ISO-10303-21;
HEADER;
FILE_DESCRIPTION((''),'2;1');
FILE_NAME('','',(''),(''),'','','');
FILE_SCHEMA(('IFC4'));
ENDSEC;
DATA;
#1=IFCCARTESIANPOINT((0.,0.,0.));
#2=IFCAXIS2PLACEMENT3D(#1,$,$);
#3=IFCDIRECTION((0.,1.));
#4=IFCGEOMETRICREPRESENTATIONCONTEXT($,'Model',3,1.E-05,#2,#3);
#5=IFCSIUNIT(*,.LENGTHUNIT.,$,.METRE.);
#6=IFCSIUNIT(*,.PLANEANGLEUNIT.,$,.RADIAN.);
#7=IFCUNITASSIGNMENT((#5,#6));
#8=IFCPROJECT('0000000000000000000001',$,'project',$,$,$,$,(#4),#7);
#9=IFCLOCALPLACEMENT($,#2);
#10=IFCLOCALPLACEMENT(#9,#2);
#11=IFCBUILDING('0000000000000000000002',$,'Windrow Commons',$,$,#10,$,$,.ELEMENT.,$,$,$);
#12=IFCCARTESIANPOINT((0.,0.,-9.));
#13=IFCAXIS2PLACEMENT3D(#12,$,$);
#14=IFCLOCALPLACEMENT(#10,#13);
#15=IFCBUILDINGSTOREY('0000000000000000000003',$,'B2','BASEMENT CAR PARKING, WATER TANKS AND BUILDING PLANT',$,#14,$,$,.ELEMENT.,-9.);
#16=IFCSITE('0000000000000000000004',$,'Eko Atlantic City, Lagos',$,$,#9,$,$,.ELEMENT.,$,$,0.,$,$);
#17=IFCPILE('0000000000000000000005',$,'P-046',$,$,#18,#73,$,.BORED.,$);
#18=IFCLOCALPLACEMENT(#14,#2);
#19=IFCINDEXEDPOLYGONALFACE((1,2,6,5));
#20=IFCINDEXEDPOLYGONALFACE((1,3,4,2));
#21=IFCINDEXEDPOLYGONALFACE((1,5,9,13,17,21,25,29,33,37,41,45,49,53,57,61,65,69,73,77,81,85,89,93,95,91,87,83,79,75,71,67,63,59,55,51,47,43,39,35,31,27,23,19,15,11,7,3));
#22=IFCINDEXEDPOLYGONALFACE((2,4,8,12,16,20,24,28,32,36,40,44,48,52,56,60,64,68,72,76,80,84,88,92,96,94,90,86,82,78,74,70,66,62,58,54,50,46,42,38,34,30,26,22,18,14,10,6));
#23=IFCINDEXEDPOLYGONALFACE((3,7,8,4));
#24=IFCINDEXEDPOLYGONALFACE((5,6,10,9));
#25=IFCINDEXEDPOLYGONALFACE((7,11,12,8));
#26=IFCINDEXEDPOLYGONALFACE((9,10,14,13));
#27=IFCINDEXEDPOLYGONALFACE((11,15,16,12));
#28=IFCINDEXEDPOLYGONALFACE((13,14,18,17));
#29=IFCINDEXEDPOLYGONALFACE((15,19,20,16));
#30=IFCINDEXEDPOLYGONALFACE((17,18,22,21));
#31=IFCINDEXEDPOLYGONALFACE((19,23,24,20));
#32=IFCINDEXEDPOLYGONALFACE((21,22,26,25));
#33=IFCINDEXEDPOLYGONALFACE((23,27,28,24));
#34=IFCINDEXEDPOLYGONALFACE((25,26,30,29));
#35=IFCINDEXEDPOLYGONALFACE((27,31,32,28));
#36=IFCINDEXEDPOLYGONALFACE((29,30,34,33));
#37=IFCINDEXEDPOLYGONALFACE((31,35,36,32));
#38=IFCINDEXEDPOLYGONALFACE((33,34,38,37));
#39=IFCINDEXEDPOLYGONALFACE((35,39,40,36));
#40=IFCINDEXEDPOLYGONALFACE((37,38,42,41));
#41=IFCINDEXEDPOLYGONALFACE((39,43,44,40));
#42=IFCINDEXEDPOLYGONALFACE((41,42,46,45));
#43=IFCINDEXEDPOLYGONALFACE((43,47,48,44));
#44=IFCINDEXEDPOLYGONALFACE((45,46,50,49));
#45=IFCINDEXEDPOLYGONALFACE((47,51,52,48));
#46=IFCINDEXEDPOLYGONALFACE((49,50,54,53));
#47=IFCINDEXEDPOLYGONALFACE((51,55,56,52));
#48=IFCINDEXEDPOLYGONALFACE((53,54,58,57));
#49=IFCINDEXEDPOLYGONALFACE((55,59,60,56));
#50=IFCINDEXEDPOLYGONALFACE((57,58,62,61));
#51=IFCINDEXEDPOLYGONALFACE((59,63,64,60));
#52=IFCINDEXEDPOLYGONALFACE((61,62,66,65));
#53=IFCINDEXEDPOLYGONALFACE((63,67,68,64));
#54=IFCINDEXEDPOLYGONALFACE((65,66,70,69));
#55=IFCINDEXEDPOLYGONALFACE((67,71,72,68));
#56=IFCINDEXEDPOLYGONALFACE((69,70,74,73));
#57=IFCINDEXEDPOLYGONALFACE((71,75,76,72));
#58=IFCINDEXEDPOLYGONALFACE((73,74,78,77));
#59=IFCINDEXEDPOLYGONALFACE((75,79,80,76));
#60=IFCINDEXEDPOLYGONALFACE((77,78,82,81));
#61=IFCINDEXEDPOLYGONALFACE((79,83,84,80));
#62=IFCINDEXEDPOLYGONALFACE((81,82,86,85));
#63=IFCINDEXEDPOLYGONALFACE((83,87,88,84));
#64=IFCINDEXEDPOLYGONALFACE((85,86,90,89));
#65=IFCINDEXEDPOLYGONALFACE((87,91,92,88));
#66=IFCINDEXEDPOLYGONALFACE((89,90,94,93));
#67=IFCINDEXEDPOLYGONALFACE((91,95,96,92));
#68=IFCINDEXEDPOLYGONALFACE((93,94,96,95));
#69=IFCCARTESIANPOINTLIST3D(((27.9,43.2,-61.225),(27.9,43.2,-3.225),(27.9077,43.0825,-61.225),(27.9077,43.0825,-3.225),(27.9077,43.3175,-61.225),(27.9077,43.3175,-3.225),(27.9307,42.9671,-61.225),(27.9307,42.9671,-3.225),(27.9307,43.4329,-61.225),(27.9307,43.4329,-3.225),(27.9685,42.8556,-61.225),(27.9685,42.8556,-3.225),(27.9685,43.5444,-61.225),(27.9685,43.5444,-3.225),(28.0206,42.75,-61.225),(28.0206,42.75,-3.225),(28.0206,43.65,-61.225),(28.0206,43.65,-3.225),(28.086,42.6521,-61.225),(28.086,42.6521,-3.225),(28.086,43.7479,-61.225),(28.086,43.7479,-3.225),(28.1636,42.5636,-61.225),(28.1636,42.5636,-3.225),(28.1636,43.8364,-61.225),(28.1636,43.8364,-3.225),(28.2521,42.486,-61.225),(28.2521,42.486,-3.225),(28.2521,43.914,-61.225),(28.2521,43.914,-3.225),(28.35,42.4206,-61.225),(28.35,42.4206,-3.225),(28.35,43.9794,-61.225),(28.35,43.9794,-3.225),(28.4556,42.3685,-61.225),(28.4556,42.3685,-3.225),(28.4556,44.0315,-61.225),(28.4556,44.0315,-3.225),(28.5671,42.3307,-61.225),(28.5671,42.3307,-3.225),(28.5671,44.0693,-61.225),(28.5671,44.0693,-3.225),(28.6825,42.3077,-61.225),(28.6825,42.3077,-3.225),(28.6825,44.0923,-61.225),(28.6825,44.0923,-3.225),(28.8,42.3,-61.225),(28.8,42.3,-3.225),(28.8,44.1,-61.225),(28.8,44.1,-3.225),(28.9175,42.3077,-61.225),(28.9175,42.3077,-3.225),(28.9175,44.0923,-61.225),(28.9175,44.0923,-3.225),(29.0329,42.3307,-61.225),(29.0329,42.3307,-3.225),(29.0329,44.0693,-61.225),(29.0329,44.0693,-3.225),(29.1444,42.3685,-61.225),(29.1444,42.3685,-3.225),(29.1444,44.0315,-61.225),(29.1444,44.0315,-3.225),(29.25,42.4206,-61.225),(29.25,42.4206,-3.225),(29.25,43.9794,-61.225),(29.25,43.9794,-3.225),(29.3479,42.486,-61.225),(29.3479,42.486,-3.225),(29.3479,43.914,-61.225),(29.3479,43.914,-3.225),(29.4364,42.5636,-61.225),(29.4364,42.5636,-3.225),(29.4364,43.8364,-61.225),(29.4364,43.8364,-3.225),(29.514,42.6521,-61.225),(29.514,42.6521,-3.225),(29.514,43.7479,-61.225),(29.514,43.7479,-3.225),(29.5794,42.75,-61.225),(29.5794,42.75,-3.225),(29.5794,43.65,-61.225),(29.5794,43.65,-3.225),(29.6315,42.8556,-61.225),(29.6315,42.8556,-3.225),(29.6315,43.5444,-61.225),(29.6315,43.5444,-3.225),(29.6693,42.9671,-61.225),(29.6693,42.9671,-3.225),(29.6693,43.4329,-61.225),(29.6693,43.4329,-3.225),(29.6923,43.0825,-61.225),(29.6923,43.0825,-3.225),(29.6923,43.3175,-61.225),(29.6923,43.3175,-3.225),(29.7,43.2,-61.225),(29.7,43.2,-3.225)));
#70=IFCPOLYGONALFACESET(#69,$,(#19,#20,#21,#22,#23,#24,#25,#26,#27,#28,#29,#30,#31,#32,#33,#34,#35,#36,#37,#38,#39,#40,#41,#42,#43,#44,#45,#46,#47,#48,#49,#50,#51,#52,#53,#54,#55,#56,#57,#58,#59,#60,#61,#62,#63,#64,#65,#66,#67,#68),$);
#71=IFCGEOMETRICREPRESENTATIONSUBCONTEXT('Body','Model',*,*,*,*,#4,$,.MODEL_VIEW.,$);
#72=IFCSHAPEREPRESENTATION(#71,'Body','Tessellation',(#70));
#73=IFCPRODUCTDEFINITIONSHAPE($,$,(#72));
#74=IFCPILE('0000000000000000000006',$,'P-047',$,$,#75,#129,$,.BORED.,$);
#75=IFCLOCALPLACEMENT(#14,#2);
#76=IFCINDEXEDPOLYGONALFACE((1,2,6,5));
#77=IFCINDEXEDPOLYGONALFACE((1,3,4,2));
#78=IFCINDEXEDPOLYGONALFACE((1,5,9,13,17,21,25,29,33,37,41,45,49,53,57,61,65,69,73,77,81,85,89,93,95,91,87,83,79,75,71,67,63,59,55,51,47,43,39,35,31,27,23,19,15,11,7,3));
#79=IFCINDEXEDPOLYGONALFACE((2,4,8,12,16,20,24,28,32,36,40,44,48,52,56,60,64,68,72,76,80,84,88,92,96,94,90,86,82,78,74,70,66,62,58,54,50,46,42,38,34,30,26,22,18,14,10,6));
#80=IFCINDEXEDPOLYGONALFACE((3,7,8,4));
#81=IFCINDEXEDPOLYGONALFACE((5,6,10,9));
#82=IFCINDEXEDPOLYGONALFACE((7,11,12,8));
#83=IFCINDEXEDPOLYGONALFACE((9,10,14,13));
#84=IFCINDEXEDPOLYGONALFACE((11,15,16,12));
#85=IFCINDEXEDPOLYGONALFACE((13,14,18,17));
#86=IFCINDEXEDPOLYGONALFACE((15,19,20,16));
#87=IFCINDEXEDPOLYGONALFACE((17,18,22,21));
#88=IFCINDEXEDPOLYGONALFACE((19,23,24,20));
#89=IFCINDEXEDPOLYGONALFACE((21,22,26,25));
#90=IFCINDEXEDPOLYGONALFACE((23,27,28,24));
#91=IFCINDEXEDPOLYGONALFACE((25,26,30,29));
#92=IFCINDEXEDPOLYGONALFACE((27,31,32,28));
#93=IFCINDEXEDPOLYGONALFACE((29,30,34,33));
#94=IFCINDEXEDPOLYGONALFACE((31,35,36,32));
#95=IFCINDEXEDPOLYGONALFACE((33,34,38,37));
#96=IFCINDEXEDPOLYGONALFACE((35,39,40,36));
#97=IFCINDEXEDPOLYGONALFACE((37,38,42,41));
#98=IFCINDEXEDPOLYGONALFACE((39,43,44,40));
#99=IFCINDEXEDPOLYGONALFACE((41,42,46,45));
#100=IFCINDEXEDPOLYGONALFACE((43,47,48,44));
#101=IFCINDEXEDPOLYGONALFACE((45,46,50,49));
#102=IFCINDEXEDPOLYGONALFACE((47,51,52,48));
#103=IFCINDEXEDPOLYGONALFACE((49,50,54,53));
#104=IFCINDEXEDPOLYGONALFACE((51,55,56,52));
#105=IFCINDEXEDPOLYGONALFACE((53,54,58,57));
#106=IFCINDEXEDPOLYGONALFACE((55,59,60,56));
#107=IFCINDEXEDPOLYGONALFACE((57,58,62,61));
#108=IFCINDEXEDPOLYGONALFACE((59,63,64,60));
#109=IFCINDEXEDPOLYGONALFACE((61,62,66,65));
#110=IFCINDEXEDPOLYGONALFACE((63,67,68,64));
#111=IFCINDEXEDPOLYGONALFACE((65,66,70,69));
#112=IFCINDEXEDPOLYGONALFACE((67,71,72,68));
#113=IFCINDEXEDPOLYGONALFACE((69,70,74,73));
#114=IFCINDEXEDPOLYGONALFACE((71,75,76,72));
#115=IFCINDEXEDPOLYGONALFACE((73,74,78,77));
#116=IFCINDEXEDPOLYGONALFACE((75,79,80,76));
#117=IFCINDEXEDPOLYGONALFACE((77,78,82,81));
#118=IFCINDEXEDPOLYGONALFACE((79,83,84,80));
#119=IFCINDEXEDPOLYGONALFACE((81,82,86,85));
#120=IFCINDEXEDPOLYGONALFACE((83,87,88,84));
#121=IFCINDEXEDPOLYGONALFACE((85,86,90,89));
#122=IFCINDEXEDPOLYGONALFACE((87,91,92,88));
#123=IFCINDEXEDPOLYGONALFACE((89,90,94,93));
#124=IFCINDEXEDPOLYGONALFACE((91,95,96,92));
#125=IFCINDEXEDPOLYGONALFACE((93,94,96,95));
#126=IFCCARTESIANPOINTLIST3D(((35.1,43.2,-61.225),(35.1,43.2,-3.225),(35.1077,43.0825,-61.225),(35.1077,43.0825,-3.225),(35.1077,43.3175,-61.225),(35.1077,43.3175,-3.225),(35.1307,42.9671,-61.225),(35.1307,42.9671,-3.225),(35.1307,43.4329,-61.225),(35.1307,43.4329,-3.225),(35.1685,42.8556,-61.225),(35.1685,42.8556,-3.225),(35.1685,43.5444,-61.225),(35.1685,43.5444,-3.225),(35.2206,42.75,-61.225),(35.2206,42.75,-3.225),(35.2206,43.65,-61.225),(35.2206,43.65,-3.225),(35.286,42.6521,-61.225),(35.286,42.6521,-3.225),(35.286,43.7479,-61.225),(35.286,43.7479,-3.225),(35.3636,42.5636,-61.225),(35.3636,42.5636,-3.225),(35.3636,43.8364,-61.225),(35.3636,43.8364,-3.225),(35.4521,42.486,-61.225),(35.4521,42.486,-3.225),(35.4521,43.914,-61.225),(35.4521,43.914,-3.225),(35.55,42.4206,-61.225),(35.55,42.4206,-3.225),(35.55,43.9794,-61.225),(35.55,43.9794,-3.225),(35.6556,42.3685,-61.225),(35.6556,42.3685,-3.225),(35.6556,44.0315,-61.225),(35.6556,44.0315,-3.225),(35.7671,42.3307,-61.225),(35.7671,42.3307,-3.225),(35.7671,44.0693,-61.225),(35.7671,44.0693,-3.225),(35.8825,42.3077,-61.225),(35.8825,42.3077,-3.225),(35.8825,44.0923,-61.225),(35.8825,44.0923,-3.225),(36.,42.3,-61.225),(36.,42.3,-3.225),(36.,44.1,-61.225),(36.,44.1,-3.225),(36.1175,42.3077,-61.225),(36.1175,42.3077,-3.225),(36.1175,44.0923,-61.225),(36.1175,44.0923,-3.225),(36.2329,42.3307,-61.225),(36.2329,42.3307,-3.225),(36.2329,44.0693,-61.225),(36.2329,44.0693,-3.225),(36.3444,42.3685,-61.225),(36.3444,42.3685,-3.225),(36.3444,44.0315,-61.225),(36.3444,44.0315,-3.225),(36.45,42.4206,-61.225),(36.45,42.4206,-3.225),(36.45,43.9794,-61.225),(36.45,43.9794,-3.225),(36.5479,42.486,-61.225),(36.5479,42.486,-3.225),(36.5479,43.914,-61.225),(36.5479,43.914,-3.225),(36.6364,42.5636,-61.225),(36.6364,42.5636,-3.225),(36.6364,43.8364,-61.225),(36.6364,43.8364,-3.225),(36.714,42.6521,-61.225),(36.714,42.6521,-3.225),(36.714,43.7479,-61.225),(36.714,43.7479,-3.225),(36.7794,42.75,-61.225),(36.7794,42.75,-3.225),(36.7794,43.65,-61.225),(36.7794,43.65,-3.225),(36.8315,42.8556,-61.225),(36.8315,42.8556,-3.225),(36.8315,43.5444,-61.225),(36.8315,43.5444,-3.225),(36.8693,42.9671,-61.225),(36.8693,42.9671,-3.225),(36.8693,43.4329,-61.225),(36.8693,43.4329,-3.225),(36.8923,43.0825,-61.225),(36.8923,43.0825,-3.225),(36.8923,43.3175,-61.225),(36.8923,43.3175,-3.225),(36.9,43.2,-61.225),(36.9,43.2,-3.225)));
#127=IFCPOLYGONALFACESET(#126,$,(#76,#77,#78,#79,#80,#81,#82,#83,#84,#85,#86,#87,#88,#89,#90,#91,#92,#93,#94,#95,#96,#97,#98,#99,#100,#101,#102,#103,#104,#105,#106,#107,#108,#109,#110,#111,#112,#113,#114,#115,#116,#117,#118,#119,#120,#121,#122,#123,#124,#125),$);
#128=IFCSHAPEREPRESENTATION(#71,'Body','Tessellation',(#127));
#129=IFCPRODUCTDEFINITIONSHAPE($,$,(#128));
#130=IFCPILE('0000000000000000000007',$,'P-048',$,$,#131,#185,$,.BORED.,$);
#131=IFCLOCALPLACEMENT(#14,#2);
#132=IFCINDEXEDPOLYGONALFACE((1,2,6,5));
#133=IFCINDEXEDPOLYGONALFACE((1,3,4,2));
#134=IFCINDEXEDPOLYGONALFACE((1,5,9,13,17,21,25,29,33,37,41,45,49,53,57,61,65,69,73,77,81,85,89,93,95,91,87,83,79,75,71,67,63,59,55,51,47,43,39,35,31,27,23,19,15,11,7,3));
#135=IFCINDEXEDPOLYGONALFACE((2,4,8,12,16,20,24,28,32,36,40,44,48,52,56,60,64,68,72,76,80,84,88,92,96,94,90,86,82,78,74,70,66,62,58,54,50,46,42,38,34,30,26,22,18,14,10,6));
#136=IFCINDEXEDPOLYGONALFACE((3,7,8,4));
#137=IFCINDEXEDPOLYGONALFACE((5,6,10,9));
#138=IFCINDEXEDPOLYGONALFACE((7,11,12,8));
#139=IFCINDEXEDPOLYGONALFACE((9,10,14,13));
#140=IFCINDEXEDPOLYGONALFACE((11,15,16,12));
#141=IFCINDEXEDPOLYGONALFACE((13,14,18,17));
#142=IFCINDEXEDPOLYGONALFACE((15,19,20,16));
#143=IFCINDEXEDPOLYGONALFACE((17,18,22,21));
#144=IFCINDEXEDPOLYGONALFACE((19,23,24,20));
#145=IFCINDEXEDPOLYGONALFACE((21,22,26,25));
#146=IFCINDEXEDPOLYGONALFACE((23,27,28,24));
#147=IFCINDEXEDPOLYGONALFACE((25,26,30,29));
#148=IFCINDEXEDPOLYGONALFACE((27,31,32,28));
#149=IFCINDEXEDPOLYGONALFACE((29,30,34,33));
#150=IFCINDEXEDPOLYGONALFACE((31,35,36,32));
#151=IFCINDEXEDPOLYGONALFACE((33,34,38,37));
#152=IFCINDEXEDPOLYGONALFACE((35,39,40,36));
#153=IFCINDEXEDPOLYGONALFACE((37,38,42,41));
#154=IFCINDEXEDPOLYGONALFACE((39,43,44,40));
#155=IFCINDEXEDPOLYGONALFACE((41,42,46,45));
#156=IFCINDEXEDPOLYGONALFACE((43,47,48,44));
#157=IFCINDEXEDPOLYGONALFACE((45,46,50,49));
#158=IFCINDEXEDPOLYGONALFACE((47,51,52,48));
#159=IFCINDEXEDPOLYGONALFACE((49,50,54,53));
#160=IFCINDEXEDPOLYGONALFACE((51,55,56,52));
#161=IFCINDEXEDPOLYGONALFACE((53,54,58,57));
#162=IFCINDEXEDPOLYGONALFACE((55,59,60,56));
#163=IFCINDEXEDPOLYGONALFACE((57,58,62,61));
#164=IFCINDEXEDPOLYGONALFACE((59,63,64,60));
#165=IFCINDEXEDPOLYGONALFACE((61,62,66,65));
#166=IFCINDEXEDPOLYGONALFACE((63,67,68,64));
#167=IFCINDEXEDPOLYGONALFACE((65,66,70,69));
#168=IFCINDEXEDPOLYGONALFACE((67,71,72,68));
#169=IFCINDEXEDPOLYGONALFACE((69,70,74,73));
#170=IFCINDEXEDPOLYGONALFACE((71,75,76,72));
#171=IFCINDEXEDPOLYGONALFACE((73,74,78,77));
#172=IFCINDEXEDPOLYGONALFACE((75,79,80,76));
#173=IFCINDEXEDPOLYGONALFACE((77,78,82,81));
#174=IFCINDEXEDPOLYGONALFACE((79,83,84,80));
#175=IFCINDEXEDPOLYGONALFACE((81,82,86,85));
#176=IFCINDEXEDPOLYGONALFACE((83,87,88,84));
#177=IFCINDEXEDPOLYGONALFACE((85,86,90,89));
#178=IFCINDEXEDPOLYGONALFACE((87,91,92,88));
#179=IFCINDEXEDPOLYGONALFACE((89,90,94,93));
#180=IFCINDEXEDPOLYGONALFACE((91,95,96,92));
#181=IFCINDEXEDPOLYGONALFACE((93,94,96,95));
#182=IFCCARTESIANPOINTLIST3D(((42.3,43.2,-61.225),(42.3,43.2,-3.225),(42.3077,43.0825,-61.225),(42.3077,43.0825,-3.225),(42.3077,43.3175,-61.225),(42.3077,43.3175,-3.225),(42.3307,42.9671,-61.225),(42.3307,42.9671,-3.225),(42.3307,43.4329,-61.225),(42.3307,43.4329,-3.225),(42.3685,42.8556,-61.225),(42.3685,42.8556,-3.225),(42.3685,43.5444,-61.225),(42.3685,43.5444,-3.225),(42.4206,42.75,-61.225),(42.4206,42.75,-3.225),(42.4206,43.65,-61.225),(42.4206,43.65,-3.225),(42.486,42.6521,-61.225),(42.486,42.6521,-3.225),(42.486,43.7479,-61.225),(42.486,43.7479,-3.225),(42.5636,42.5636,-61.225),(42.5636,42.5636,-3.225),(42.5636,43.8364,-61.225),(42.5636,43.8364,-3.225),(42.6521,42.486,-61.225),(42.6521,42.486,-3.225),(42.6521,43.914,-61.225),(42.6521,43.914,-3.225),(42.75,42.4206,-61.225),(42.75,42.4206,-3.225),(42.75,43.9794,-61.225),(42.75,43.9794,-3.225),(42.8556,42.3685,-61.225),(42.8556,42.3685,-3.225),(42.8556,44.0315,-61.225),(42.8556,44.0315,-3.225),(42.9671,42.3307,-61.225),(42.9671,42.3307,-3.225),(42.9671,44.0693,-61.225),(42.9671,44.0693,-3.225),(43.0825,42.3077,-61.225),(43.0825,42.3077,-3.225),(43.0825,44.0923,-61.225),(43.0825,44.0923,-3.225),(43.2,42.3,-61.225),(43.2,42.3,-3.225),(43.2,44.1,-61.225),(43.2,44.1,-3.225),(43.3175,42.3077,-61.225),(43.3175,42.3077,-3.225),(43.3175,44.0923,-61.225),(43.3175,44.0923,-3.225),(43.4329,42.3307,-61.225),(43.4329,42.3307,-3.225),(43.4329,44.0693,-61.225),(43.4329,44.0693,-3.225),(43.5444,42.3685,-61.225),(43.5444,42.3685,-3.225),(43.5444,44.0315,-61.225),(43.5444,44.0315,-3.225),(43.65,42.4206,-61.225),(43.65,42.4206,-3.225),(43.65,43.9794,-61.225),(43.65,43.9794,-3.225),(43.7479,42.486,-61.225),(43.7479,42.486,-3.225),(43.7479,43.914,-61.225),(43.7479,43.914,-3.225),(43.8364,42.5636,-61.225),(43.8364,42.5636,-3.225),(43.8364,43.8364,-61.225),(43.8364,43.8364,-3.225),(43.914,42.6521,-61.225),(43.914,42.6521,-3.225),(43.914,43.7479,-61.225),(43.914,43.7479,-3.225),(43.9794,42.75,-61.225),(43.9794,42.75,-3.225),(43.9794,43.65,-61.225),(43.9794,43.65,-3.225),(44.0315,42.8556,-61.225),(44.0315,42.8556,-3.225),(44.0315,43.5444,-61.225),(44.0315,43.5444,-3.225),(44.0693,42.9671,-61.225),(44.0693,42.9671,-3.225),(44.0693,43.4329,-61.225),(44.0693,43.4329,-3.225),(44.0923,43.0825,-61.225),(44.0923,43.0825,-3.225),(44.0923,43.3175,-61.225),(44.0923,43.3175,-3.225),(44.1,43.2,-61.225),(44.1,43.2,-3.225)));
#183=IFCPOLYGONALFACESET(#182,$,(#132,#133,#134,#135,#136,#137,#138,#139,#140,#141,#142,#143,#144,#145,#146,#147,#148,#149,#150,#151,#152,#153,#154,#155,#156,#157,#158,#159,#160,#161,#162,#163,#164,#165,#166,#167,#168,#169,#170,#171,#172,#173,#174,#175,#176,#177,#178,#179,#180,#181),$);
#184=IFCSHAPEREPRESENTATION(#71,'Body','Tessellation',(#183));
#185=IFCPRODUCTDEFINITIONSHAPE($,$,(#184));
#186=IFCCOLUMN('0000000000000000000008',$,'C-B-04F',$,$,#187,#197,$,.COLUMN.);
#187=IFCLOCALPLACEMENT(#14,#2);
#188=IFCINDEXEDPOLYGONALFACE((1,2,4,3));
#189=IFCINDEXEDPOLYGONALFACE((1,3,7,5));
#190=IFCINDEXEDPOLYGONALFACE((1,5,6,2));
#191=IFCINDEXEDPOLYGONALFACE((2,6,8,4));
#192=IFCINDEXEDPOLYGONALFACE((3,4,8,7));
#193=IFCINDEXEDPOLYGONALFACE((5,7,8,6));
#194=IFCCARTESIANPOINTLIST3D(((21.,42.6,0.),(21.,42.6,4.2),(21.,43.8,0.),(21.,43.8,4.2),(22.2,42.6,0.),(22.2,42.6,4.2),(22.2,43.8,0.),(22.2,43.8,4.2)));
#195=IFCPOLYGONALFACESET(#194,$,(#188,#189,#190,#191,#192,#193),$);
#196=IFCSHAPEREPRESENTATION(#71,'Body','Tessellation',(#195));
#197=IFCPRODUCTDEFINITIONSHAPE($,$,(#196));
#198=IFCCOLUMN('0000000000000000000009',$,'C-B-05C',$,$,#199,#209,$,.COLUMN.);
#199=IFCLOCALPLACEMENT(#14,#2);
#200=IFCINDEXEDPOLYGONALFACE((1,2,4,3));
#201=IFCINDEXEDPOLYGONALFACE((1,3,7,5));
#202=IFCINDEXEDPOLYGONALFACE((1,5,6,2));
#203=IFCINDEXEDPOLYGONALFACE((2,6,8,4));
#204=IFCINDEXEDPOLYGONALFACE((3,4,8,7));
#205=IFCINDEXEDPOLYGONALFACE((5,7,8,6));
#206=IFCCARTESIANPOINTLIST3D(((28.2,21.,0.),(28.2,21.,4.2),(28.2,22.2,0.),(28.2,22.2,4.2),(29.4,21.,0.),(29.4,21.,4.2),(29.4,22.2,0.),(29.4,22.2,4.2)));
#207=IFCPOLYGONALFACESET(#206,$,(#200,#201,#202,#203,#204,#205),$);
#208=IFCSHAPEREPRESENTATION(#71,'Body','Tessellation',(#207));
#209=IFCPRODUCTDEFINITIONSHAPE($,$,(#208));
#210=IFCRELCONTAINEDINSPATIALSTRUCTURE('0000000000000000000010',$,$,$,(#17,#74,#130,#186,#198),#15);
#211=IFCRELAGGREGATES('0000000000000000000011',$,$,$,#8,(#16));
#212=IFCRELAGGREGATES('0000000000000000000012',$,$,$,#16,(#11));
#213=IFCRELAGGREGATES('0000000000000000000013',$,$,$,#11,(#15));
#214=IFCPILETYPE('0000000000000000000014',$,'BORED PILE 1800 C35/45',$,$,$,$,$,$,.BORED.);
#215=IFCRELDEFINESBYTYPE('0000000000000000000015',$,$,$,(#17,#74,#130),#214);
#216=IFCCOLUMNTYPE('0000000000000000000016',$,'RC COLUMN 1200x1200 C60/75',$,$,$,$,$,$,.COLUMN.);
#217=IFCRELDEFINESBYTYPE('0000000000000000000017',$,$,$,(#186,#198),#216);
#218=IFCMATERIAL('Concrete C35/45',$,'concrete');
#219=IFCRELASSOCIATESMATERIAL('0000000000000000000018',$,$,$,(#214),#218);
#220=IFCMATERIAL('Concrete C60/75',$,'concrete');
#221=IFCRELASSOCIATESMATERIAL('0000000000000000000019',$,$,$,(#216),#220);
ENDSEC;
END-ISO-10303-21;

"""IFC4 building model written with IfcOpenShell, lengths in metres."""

from ifc_helpers import new_model, si_unit, direction, frame, origin, origin_2d, place, context, subcontext, project, spatial, rectangle, circle, extrude, material, material_profile, profile_set, type_object, element, save


model = new_model("IFC4")

# Units and contexts
model_context = context("Model", 3, precision=1e-05, world=origin(), true_north=direction((0.0, 1.0)))
body_context = subcontext(model_context, "Body", "Model", "MODEL_VIEW")
ifc_project = project(units=[si_unit("LENGTHUNIT", "METRE"), si_unit("PLANEANGLEUNIT", "RADIAN")], contexts=[model_context])

# Site, building, storey
site_placement = place(None, origin())
site = spatial("IfcSite", under=ifc_project, at=site_placement, Name="Eko Atlantic City, Lagos", CompositionType="ELEMENT", RefElevation=0.0)
building_placement = place(site_placement, origin())
building = spatial("IfcBuilding", under=site, at=building_placement, Name="Windrow Commons", CompositionType="ELEMENT")
storey_placement = place(building_placement, frame((0.0, 0.0, -9.0)))
storey = spatial("IfcBuildingStorey", under=building, at=storey_placement, Name="B2", Description="BASEMENT CAR PARKING, WATER TANKS AND BUILDING PLANT", CompositionType="ELEMENT", Elevation=-9.0)

# Piles
ifc_material_1 = material(Name="Concrete C35/45", Category="concrete")
ifc_material_profile_1 = material_profile(ifc_material_1, circle(Radius=0.9, at=origin_2d()))
ifc_profile_set_1 = profile_set([ifc_material_profile_1], Name="Concrete C35/45")
pile_type = type_object("IfcPileType", Name="BORED PILE 1800 C35/45", PredefinedType="BORED", material=ifc_profile_set_1)
for number, where, z_axis, x_axis, name in (
    (1, (28.8, 43.2, -3.225), (0.0, 0.0, -1.0), (1.0, 0.0, 0.0), "P-046"),
    (2, (36.0, 43.2, -3.225), (0.0, 0.0, -1.0), (1.0, 0.0, 0.0), "P-047"),
    (3, (43.2, 43.2, -3.225), (0.0, 0.0, -1.0), (1.0, 0.0, 0.0), "P-048"),
):
    element("IfcPile", number, at=place(storey_placement, frame(where, z_axis=z_axis, x_axis=x_axis)), inside=storey, type_object=pile_type, Name=name, PredefinedType="BORED", context=body_context, shape_type="SweptSolid", body=[
        extrude(circle(Radius=0.9, at=origin_2d()), origin(), (0.0, 0.0, 1.0), 58.0),
    ])

# Columns
ifc_material_2 = material(Name="Concrete C60/75", Category="concrete")
ifc_material_profile_2 = material_profile(ifc_material_2, rectangle(XDim=1.2, YDim=1.2, at=origin_2d()))
ifc_profile_set_2 = profile_set([ifc_material_profile_2], Name="Concrete C60/75")
column_type = type_object("IfcColumnType", Name="RC COLUMN 1200x1200 C60/75", PredefinedType="COLUMN", material=ifc_profile_set_2)
for number, where, z_axis, x_axis, name in (
    (4, (21.6, 43.2, 0.0), (0.0, 0.0, 1.0), (1.0, 0.0, 0.0), "C-B-04F"),
    (5, (28.8, 21.6, 0.0), (0.0, 0.0, 1.0), (1.0, 0.0, 0.0), "C-B-05C"),
):
    element("IfcColumn", number, at=place(storey_placement, frame(where, z_axis=z_axis, x_axis=x_axis)), inside=storey, type_object=column_type, Name=name, PredefinedType="COLUMN", context=body_context, shape_type="SweptSolid", body=[
        extrude(rectangle(XDim=1.2, YDim=1.2, at=origin_2d()), origin(), (0.0, 0.0, 1.0), 4.2),
    ])

save(model, "model.ifc")
